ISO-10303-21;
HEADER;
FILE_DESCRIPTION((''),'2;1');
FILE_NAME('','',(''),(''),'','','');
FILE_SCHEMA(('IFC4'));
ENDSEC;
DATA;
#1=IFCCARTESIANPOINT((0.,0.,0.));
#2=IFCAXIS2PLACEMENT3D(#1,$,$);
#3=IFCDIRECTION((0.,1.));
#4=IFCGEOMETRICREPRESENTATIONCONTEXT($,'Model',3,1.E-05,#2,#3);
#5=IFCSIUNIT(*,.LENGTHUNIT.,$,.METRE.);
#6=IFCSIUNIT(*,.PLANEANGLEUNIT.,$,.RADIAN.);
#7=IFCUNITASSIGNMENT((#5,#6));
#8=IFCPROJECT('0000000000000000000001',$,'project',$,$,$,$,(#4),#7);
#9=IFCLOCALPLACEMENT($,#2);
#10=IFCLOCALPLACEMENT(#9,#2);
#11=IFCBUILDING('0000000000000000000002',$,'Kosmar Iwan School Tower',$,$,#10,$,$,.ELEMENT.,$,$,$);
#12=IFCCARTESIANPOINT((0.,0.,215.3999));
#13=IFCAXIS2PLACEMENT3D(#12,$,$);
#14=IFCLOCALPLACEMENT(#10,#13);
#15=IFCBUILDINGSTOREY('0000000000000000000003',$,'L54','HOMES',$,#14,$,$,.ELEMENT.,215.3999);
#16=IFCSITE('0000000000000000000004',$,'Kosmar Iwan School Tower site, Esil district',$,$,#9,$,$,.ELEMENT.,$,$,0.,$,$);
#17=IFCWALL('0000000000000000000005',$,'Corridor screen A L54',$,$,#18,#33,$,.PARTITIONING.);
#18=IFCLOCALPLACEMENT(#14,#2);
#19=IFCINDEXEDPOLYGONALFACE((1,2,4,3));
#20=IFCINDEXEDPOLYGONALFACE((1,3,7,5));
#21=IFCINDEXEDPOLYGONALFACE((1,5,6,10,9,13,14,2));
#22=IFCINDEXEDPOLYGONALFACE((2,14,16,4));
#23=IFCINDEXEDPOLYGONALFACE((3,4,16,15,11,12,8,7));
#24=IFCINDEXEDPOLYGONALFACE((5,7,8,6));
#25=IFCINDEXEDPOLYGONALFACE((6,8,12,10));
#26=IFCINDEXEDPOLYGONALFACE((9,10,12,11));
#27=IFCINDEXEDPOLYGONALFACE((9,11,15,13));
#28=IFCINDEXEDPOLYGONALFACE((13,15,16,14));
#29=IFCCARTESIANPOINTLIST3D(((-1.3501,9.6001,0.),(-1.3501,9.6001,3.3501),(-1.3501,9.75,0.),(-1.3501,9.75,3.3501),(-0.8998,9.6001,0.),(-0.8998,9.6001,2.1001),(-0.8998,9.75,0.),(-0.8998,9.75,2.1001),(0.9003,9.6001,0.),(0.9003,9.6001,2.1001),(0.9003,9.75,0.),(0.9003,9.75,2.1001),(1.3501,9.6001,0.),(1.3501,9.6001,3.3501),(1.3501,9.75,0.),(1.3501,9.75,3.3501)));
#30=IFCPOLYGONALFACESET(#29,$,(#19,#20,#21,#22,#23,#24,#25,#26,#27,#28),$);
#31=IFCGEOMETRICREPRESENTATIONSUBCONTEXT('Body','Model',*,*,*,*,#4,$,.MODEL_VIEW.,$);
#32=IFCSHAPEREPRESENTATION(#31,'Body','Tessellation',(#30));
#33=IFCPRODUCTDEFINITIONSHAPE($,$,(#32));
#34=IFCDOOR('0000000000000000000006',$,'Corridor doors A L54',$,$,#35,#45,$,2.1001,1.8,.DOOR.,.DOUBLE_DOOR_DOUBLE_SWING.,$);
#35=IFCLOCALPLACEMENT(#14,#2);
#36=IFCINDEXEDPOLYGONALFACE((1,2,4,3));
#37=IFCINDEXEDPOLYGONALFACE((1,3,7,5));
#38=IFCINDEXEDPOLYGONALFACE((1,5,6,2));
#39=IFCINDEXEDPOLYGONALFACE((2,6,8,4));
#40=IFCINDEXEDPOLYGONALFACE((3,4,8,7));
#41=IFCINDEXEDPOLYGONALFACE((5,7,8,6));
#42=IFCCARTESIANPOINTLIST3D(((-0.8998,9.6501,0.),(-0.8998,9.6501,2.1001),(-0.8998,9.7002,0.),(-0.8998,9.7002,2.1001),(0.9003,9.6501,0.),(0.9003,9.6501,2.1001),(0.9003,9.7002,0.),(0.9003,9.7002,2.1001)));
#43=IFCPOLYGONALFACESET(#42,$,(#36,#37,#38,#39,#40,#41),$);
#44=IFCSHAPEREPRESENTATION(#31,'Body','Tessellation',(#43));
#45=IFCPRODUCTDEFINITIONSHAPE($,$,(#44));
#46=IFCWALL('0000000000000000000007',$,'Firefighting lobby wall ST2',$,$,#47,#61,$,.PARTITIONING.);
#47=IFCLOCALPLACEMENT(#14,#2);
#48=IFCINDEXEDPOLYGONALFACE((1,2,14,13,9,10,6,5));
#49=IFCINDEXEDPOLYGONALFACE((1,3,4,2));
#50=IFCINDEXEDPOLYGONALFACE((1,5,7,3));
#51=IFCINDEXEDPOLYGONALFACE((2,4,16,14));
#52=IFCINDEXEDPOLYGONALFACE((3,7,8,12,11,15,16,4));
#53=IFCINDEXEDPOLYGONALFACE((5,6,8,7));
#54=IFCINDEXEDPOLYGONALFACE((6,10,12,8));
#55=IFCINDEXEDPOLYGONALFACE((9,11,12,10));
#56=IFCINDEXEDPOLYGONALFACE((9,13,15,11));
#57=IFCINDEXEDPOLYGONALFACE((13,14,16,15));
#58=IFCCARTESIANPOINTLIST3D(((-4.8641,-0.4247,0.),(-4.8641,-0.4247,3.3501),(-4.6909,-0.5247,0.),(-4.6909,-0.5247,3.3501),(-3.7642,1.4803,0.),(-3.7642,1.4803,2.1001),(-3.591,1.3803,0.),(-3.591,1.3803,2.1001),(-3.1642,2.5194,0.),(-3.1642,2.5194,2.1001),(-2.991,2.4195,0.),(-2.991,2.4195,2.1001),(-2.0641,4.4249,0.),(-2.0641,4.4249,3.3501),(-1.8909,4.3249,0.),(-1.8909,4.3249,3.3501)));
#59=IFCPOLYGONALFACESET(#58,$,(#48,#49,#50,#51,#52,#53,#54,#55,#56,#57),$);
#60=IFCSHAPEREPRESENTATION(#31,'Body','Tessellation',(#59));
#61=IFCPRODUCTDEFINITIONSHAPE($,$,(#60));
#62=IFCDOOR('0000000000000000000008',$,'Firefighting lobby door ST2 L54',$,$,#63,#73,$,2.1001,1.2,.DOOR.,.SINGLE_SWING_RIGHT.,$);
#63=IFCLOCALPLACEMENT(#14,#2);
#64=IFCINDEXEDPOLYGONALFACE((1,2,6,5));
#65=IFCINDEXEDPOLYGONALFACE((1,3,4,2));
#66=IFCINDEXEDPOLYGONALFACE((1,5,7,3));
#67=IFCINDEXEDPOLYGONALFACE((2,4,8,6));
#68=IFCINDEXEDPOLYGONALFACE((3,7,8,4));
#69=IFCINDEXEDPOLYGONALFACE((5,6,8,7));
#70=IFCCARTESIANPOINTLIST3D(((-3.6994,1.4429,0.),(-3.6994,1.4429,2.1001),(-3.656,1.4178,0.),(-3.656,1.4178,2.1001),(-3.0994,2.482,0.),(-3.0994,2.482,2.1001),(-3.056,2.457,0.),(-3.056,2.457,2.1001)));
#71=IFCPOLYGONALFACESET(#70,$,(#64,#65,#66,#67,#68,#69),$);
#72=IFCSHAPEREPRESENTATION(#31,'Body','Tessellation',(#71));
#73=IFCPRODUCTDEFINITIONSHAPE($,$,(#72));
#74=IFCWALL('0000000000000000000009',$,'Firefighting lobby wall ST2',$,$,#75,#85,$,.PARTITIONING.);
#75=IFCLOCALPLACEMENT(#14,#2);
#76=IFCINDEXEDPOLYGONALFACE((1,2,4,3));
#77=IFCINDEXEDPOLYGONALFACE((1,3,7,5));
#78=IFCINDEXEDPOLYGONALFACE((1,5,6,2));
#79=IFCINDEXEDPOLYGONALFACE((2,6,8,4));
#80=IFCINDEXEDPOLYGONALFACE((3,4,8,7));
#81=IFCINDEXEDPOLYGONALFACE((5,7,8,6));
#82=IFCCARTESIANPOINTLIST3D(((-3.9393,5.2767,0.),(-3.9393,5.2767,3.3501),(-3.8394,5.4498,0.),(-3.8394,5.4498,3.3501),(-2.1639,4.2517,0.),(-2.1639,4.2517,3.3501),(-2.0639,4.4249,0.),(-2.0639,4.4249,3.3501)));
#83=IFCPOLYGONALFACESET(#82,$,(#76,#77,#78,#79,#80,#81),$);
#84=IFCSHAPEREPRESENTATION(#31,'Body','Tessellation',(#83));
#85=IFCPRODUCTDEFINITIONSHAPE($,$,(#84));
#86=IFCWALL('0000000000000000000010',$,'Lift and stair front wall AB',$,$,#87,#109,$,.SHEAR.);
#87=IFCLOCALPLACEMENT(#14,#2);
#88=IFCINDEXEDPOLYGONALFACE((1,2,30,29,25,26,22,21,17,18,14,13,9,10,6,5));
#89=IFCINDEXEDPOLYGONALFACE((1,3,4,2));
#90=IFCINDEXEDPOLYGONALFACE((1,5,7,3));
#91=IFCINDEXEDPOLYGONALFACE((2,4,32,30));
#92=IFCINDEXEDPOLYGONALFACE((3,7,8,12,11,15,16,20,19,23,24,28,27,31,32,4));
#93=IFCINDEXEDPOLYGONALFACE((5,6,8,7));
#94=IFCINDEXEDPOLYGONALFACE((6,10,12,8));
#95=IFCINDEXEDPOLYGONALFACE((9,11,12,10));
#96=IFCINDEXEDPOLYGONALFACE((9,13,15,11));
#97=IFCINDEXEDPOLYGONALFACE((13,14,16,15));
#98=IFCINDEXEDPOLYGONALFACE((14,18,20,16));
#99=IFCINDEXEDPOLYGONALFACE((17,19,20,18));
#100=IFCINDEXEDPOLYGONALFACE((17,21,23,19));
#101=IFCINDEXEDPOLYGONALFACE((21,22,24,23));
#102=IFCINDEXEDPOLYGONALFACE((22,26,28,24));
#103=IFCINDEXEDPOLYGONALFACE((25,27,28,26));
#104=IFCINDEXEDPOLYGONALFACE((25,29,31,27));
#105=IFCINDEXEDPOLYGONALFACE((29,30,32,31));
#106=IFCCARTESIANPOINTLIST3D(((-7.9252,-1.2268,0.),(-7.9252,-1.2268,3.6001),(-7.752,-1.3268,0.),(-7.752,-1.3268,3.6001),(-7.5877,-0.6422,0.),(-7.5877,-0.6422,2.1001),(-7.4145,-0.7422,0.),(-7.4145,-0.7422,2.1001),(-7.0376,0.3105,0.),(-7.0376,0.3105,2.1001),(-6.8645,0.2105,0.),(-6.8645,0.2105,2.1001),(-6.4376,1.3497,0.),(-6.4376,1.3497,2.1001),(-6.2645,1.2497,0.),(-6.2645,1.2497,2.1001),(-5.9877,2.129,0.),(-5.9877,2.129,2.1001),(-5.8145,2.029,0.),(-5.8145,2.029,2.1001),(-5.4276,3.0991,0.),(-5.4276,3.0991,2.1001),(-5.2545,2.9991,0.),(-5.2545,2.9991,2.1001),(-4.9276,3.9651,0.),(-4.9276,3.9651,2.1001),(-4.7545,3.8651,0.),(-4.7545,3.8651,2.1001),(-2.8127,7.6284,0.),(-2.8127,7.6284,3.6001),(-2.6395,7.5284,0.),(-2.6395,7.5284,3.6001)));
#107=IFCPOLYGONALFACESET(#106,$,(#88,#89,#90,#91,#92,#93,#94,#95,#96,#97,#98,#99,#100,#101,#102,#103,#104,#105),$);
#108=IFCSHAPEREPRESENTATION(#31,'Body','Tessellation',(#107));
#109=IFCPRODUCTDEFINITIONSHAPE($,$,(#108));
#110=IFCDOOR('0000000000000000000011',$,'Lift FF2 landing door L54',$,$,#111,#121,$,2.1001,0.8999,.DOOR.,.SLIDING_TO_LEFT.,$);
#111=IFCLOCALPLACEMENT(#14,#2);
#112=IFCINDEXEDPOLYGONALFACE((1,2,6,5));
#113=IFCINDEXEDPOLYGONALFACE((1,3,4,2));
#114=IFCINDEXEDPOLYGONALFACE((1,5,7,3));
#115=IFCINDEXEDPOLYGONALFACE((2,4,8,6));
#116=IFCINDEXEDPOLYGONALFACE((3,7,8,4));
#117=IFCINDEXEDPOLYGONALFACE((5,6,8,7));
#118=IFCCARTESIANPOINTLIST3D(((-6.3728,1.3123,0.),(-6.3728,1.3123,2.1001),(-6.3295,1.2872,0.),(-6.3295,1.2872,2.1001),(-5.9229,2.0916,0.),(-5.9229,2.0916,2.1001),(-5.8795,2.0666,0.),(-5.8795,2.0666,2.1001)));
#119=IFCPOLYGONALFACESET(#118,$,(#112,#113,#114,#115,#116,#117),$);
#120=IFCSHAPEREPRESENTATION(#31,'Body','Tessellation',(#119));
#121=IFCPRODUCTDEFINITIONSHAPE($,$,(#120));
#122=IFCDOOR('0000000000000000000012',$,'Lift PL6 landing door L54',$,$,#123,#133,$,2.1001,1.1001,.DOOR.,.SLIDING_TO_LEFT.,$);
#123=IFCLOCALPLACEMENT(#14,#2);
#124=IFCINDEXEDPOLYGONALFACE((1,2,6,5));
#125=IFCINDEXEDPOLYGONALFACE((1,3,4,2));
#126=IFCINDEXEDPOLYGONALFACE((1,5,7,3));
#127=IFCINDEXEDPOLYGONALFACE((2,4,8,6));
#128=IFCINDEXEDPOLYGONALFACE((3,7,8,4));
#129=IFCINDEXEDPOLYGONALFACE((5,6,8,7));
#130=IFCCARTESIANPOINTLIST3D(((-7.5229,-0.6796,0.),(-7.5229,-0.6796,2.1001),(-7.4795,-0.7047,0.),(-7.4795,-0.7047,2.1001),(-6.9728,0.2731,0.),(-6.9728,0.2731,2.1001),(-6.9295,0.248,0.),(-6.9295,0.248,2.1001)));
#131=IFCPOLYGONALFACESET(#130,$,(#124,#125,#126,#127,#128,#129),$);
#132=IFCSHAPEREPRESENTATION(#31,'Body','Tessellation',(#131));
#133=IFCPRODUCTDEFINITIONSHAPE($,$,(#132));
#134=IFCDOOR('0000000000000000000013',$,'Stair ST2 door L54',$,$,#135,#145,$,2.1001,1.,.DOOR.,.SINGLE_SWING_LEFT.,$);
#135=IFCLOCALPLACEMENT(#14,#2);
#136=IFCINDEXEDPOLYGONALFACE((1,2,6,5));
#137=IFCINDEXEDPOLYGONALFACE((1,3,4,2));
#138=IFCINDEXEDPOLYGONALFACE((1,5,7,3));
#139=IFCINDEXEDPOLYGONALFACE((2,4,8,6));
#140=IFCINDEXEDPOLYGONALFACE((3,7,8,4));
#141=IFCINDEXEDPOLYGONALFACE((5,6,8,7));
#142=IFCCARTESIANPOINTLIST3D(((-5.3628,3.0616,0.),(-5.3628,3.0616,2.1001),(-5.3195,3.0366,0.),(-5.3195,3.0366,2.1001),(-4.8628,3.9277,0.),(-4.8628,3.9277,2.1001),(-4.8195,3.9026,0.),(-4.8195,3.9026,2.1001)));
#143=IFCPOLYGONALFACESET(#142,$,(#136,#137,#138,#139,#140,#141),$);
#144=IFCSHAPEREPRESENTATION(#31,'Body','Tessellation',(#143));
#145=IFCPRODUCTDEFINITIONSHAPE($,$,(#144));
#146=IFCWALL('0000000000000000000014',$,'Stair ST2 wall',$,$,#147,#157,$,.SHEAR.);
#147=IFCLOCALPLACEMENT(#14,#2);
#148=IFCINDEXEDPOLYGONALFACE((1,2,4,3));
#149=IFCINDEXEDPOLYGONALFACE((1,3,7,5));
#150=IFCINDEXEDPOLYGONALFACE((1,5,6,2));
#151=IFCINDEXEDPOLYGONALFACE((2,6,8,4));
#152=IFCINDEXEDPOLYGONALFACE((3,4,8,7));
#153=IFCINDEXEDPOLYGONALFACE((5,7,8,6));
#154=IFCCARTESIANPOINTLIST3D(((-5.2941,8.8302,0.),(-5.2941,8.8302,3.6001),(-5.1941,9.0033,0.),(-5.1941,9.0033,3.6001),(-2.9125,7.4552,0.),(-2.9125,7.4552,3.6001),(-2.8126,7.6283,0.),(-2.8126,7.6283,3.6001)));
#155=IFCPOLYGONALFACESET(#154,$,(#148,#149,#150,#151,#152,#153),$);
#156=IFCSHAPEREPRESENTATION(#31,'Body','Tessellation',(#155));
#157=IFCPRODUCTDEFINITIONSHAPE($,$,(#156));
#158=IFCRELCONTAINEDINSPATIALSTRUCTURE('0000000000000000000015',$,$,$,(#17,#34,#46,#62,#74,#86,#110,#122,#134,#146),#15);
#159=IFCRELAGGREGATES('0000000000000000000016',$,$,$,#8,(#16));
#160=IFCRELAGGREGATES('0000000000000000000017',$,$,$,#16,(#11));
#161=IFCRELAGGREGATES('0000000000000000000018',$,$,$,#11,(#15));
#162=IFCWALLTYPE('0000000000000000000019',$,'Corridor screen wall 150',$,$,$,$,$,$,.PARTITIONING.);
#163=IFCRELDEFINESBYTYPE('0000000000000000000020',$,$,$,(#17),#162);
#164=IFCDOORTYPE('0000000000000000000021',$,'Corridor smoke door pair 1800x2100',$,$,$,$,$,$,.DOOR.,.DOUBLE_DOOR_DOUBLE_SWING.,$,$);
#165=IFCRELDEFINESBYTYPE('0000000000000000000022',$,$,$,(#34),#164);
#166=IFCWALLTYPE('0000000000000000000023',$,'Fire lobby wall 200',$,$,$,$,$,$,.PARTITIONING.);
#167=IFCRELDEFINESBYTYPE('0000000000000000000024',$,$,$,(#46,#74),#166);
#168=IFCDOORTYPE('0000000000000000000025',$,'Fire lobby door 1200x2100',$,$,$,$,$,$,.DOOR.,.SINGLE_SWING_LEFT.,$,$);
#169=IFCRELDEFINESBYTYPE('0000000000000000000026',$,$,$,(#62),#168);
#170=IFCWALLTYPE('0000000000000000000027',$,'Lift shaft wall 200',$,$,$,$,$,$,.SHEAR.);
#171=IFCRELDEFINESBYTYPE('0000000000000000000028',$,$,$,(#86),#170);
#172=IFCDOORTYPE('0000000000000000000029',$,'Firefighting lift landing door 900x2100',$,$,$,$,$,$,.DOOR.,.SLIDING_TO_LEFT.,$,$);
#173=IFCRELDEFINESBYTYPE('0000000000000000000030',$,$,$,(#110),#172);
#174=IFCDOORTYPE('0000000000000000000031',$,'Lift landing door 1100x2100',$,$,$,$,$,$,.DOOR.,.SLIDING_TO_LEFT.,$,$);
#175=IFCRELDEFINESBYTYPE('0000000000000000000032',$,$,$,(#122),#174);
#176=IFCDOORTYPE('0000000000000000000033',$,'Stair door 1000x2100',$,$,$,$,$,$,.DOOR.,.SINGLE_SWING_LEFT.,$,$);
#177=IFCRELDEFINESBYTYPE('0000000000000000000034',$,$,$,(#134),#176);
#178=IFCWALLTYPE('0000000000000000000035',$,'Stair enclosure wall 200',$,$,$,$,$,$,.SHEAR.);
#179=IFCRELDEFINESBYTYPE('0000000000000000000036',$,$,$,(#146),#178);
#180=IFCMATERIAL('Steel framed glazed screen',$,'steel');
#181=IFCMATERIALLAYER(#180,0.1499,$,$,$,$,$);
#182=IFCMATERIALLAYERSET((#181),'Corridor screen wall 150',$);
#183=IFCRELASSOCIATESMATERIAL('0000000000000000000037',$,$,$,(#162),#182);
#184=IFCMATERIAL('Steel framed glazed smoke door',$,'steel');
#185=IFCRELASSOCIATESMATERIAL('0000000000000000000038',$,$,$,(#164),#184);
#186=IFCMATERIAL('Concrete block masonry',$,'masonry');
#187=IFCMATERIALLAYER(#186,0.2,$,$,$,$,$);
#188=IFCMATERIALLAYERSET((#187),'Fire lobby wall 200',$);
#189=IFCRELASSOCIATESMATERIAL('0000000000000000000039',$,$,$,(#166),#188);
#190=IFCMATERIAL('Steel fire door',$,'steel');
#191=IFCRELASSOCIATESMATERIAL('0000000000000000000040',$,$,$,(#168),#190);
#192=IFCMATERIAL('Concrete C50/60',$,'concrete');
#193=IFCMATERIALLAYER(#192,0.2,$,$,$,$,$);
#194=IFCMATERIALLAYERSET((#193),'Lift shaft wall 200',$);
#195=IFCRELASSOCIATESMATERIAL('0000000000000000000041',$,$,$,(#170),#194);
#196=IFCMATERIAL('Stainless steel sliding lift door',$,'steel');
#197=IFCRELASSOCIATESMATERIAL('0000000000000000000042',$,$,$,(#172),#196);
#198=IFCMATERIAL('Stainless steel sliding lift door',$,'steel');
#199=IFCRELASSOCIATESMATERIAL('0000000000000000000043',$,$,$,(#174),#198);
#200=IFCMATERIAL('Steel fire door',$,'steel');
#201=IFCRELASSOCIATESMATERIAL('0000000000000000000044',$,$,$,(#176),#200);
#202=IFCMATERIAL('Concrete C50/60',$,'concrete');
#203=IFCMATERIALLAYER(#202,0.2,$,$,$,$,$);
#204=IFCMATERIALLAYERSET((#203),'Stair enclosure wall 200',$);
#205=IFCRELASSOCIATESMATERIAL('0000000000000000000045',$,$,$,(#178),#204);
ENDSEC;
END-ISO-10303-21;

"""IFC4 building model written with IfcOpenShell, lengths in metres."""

from ifc_helpers import new_model, si_unit, direction, frame, frame_2d, origin, place, context, subcontext, project, spatial, rectangle, extrude, material, layer, layer_set, type_object, element, fill, save


model = new_model("IFC4")

# Units and contexts
model_context = context("Model", 3, precision=1e-05, world=origin(), true_north=direction((0.0, 1.0)))
body_context = subcontext(model_context, "Body", "Model", "MODEL_VIEW")
ifc_project = project(units=[si_unit("LENGTHUNIT", "METRE"), si_unit("PLANEANGLEUNIT", "RADIAN")], contexts=[model_context])

# Site, building, storey
site_placement = place(None, origin())
site = spatial("IfcSite", under=ifc_project, at=site_placement, Name="Kosmar Iwan School Tower site, Esil district", CompositionType="ELEMENT", RefElevation=0.0)
building_placement = place(site_placement, origin())
building = spatial("IfcBuilding", under=site, at=building_placement, Name="Kosmar Iwan School Tower", CompositionType="ELEMENT")
storey_placement = place(building_placement, frame((0.0, 0.0, 215.3999)))
storey = spatial("IfcBuildingStorey", under=building, at=storey_placement, Name="L54", Description="HOMES", CompositionType="ELEMENT", Elevation=215.3999)

# Walls, openings, doors
ifc_material_1 = material(Name="Steel framed glazed screen", Category="steel")
ifc_layer_1 = layer(ifc_material_1, 0.1499)
ifc_layer_set_1 = layer_set([ifc_layer_1], Name="Corridor screen wall 150")
wall_type_1 = type_object("IfcWallType", Name="Corridor screen wall 150", PredefinedType="PARTITIONING", material=ifc_layer_set_1)
wall_1_placement = place(storey_placement, frame((1.3501, 9.675, 0.0), z_axis=(0.0, 0.0, 1.0), x_axis=(-1.0, 0.0, 0.0)))
wall_1 = element("IfcWall", 1, at=wall_1_placement, inside=storey, type_object=wall_type_1, Name="Corridor screen A L54", PredefinedType="PARTITIONING", context=body_context, shape_type="SweptSolid", body=[
    extrude(rectangle(XDim=2.7002, YDim=0.1499, at=frame_2d((1.3501, 0.0))), origin(), (0.0, 0.0, 1.0), 3.3501),
])
opening_1_placement = place(wall_1_placement, frame((0.45, 0.0, 0.0)))
opening_1 = element("IfcOpeningElement", 2, at=opening_1_placement, cuts=wall_1, PredefinedType="OPENING", context=body_context, shape_type="SweptSolid", body=[
    extrude(rectangle(XDim=1.8, YDim=2.1001, at=frame_2d((0.8999, 1.05))), frame((0.0, 0.0869, 0.0), z_axis=(0.0, -1.0, 0.0), x_axis=(1.0, 0.0, 0.0)), (0.0, 0.0, 1.0), 0.1738),
])
ifc_material_2 = material(Name="Steel framed glazed smoke door", Category="steel")
door_type_1 = type_object("IfcDoorType", Name="Corridor smoke door pair 1800x2100", OperationType="DOUBLE_DOOR_DOUBLE_SWING", PredefinedType="DOOR", material=ifc_material_2)
door_1_placement = place(opening_1_placement, origin())
door_1 = element("IfcDoor", 3, at=door_1_placement, inside=storey, type_object=door_type_1, Name="Corridor doors A L54", OperationType="DOUBLE_DOOR_DOUBLE_SWING", OverallHeight=2.1001, OverallWidth=1.8, PredefinedType="DOOR", context=body_context, shape_type="SweptSolid", body=[
    extrude(rectangle(XDim=1.8, YDim=2.1001, at=frame_2d((0.8999, 1.05))), frame((0.0, 0.0249, 0.0), z_axis=(0.0, -1.0, 0.0), x_axis=(1.0, 0.0, 0.0)), (0.0, 0.0, 1.0), 0.05),
])
fill(opening_1, door_1)
ifc_material_3 = material(Name="Concrete block masonry", Category="masonry")
ifc_layer_2 = layer(ifc_material_3, 0.2)
ifc_layer_set_2 = layer_set([ifc_layer_2], Name="Fire lobby wall 200")
wall_type_2 = type_object("IfcWallType", Name="Fire lobby wall 200", PredefinedType="PARTITIONING", material=ifc_layer_set_2)
wall_2_placement = place(storey_placement, frame((-1.9775, 4.3748, 0.0), z_axis=(0.0, 0.0, 1.0), x_axis=(-0.500017, -0.866016, 0.0)))
wall_2 = element("IfcWall", 4, at=wall_2_placement, inside=storey, type_object=wall_type_2, Name="Firefighting lobby wall ST2", PredefinedType="PARTITIONING", context=body_context, shape_type="SweptSolid", body=[
    extrude(rectangle(XDim=5.5999, YDim=0.2, at=frame_2d((2.7998, 0.0))), origin(), (0.0, 0.0, 1.0), 3.3501),
])
opening_2_placement = place(wall_2_placement, frame((2.2, 0.0, 0.0)))
opening_2 = element("IfcOpeningElement", 5, at=opening_2_placement, cuts=wall_2, PredefinedType="OPENING", context=body_context, shape_type="SweptSolid", body=[
    extrude(rectangle(XDim=1.2, YDim=2.1001, at=frame_2d((0.6001, 1.05))), frame((0.0, 0.1121, 0.0), z_axis=(0.0, -1.0, 0.0), x_axis=(1.0, 0.0, 0.0)), (0.0, 0.0, 1.0), 0.2239),
])
ifc_material_4 = material(Name="Steel fire door", Category="steel")
door_type_2 = type_object("IfcDoorType", Name="Fire lobby door 1200x2100", OperationType="SINGLE_SWING_LEFT", PredefinedType="DOOR", material=ifc_material_4)
door_2_placement = place(opening_2_placement, origin())
door_2 = element("IfcDoor", 6, at=door_2_placement, inside=storey, type_object=door_type_2, Name="Firefighting lobby door ST2 L54", OperationType="SINGLE_SWING_RIGHT", OverallHeight=2.1001, OverallWidth=1.2, PredefinedType="DOOR", context=body_context, shape_type="SweptSolid", body=[
    extrude(rectangle(XDim=1.2, YDim=2.1001, at=frame_2d((0.6001, 1.05))), frame((0.0, 0.0249, 0.0), z_axis=(0.0, -1.0, 0.0), x_axis=(1.0, 0.0, 0.0)), (0.0, 0.0, 1.0), 0.05),
])
fill(opening_2, door_2)

# Wall
wall_3_placement = place(storey_placement, frame((-2.114, 4.3384, 0.0), z_axis=(0.0, 0.0, 1.0), x_axis=(-0.866051, 0.499956, 0.0)))
element("IfcWall", 7, at=wall_3_placement, inside=storey, type_object=wall_type_2, Name="Firefighting lobby wall ST2", PredefinedType="PARTITIONING", context=body_context, shape_type="SweptSolid", body=[
    extrude(rectangle(XDim=2.05, YDim=0.2, at=frame_2d((1.0249, 0.0))), origin(), (0.0, 0.0, 1.0), 3.3501),
])

# Wall, openings, doors
ifc_material_5 = material(Name="Concrete C50/60", Category="concrete")
ifc_layer_3 = layer(ifc_material_5, 0.2)
ifc_layer_set_3 = layer_set([ifc_layer_3], Name="Lift shaft wall 200")
wall_type_3 = type_object("IfcWallType", Name="Lift shaft wall 200", PredefinedType="SHEAR", material=ifc_layer_set_3)
wall_4_placement = place(storey_placement, frame((-2.7261, 7.5784, 0.0), z_axis=(0.0, 0.0, 1.0), x_axis=(-0.499999, -0.866026, 0.0)))
wall_4 = element("IfcWall", 8, at=wall_4_placement, inside=storey, type_object=wall_type_3, Name="Lift and stair front wall AB", PredefinedType="SHEAR", context=body_context, shape_type="SweptSolid", body=[
    extrude(rectangle(XDim=10.2251, YDim=0.2, at=frame_2d((5.1125, 0.0))), origin(), (0.0, 0.0, 1.0), 3.6001),
])
opening_3_placement = place(wall_4_placement, frame((6.3501, 0.0, 0.0)))
opening_3 = element("IfcOpeningElement", 9, at=opening_3_placement, cuts=wall_4, PredefinedType="OPENING", context=body_context, shape_type="SweptSolid", body=[
    extrude(rectangle(XDim=0.8999, YDim=2.1001, at=frame_2d((0.45, 1.05))), frame((0.0, 0.1121, 0.0), z_axis=(0.0, -1.0, 0.0), x_axis=(1.0, 0.0, 0.0)), (0.0, 0.0, 1.0), 0.2239),
])
opening_4_placement = place(wall_4_placement, frame((8.45, 0.0, 0.0)))
opening_4 = element("IfcOpeningElement", 10, at=opening_4_placement, cuts=wall_4, PredefinedType="OPENING", context=body_context, shape_type="SweptSolid", body=[
    extrude(rectangle(XDim=1.1001, YDim=2.1001, at=frame_2d((0.55, 1.05))), frame((0.0, 0.1121, 0.0), z_axis=(0.0, -1.0, 0.0), x_axis=(1.0, 0.0, 0.0)), (0.0, 0.0, 1.0), 0.2239),
])
opening_5_placement = place(wall_4_placement, frame((4.23, 0.0, 0.0)))
opening_5 = element("IfcOpeningElement", 11, at=opening_5_placement, cuts=wall_4, PredefinedType="OPENING", context=body_context, shape_type="SweptSolid", body=[
    extrude(rectangle(XDim=1.0, YDim=2.1001, at=frame_2d((0.5, 1.05))), frame((0.0, 0.1121, 0.0), z_axis=(0.0, -1.0, 0.0), x_axis=(1.0, 0.0, 0.0)), (0.0, 0.0, 1.0), 0.2239),
])
ifc_material_6 = material(Name="Stainless steel sliding lift door", Category="steel")
door_type_3 = type_object("IfcDoorType", Name="Firefighting lift landing door 900x2100", OperationType="SLIDING_TO_LEFT", PredefinedType="DOOR", material=ifc_material_6)
door_3_placement = place(opening_3_placement, origin())
door_3 = element("IfcDoor", 12, at=door_3_placement, inside=storey, type_object=door_type_3, Name="Lift FF2 landing door L54", OperationType="SLIDING_TO_LEFT", OverallHeight=2.1001, OverallWidth=0.8999, PredefinedType="DOOR", context=body_context, shape_type="SweptSolid", body=[
    extrude(rectangle(XDim=0.8999, YDim=2.1001, at=frame_2d((0.45, 1.05))), frame((0.0, 0.0249, 0.0), z_axis=(0.0, -1.0, 0.0), x_axis=(1.0, 0.0, 0.0)), (0.0, 0.0, 1.0), 0.05),
])
fill(opening_3, door_3)
ifc_material_7 = material(Name="Stainless steel sliding lift door", Category="steel")
door_type_4 = type_object("IfcDoorType", Name="Lift landing door 1100x2100", OperationType="SLIDING_TO_LEFT", PredefinedType="DOOR", material=ifc_material_7)
door_4_placement = place(opening_4_placement, origin())
door_4 = element("IfcDoor", 13, at=door_4_placement, inside=storey, type_object=door_type_4, Name="Lift PL6 landing door L54", OperationType="SLIDING_TO_LEFT", OverallHeight=2.1001, OverallWidth=1.1001, PredefinedType="DOOR", context=body_context, shape_type="SweptSolid", body=[
    extrude(rectangle(XDim=1.1001, YDim=2.1001, at=frame_2d((0.55, 1.05))), frame((0.0, 0.0249, 0.0), z_axis=(0.0, -1.0, 0.0), x_axis=(1.0, 0.0, 0.0)), (0.0, 0.0, 1.0), 0.05),
])
fill(opening_4, door_4)
ifc_material_8 = material(Name="Steel fire door", Category="steel")
door_type_5 = type_object("IfcDoorType", Name="Stair door 1000x2100", OperationType="SINGLE_SWING_LEFT", PredefinedType="DOOR", material=ifc_material_8)
door_5_placement = place(opening_5_placement, origin())
door_5 = element("IfcDoor", 14, at=door_5_placement, inside=storey, type_object=door_type_5, Name="Stair ST2 door L54", OperationType="SINGLE_SWING_LEFT", OverallHeight=2.1001, OverallWidth=1.0, PredefinedType="DOOR", context=body_context, shape_type="SweptSolid", body=[
    extrude(rectangle(XDim=1.0, YDim=2.1001, at=frame_2d((0.5, 1.05))), frame((0.0, 0.0249, 0.0), z_axis=(0.0, -1.0, 0.0), x_axis=(1.0, 0.0, 0.0)), (0.0, 0.0, 1.0), 0.05),
])
fill(opening_5, door_5)

# Wall
ifc_material_9 = material(Name="Concrete C50/60", Category="concrete")
ifc_layer_4 = layer(ifc_material_9, 0.2)
ifc_layer_set_4 = layer_set([ifc_layer_4], Name="Stair enclosure wall 200")
wall_type_4 = type_object("IfcWallType", Name="Stair enclosure wall 200", PredefinedType="SHEAR", material=ifc_layer_set_4)
wall_5_placement = place(storey_placement, frame((-2.8625, 7.5417, 0.0), z_axis=(0.0, 0.0, 1.0), x_axis=(-0.866027, 0.499997, 0.0)))
element("IfcWall", 15, at=wall_5_placement, inside=storey, type_object=wall_type_4, Name="Stair ST2 wall", PredefinedType="SHEAR", context=body_context, shape_type="SweptSolid", body=[
    extrude(rectangle(XDim=2.75, YDim=0.2, at=frame_2d((1.375, 0.0))), origin(), (0.0, 0.0, 1.0), 3.6001),
])

save(model, "model.ifc")
